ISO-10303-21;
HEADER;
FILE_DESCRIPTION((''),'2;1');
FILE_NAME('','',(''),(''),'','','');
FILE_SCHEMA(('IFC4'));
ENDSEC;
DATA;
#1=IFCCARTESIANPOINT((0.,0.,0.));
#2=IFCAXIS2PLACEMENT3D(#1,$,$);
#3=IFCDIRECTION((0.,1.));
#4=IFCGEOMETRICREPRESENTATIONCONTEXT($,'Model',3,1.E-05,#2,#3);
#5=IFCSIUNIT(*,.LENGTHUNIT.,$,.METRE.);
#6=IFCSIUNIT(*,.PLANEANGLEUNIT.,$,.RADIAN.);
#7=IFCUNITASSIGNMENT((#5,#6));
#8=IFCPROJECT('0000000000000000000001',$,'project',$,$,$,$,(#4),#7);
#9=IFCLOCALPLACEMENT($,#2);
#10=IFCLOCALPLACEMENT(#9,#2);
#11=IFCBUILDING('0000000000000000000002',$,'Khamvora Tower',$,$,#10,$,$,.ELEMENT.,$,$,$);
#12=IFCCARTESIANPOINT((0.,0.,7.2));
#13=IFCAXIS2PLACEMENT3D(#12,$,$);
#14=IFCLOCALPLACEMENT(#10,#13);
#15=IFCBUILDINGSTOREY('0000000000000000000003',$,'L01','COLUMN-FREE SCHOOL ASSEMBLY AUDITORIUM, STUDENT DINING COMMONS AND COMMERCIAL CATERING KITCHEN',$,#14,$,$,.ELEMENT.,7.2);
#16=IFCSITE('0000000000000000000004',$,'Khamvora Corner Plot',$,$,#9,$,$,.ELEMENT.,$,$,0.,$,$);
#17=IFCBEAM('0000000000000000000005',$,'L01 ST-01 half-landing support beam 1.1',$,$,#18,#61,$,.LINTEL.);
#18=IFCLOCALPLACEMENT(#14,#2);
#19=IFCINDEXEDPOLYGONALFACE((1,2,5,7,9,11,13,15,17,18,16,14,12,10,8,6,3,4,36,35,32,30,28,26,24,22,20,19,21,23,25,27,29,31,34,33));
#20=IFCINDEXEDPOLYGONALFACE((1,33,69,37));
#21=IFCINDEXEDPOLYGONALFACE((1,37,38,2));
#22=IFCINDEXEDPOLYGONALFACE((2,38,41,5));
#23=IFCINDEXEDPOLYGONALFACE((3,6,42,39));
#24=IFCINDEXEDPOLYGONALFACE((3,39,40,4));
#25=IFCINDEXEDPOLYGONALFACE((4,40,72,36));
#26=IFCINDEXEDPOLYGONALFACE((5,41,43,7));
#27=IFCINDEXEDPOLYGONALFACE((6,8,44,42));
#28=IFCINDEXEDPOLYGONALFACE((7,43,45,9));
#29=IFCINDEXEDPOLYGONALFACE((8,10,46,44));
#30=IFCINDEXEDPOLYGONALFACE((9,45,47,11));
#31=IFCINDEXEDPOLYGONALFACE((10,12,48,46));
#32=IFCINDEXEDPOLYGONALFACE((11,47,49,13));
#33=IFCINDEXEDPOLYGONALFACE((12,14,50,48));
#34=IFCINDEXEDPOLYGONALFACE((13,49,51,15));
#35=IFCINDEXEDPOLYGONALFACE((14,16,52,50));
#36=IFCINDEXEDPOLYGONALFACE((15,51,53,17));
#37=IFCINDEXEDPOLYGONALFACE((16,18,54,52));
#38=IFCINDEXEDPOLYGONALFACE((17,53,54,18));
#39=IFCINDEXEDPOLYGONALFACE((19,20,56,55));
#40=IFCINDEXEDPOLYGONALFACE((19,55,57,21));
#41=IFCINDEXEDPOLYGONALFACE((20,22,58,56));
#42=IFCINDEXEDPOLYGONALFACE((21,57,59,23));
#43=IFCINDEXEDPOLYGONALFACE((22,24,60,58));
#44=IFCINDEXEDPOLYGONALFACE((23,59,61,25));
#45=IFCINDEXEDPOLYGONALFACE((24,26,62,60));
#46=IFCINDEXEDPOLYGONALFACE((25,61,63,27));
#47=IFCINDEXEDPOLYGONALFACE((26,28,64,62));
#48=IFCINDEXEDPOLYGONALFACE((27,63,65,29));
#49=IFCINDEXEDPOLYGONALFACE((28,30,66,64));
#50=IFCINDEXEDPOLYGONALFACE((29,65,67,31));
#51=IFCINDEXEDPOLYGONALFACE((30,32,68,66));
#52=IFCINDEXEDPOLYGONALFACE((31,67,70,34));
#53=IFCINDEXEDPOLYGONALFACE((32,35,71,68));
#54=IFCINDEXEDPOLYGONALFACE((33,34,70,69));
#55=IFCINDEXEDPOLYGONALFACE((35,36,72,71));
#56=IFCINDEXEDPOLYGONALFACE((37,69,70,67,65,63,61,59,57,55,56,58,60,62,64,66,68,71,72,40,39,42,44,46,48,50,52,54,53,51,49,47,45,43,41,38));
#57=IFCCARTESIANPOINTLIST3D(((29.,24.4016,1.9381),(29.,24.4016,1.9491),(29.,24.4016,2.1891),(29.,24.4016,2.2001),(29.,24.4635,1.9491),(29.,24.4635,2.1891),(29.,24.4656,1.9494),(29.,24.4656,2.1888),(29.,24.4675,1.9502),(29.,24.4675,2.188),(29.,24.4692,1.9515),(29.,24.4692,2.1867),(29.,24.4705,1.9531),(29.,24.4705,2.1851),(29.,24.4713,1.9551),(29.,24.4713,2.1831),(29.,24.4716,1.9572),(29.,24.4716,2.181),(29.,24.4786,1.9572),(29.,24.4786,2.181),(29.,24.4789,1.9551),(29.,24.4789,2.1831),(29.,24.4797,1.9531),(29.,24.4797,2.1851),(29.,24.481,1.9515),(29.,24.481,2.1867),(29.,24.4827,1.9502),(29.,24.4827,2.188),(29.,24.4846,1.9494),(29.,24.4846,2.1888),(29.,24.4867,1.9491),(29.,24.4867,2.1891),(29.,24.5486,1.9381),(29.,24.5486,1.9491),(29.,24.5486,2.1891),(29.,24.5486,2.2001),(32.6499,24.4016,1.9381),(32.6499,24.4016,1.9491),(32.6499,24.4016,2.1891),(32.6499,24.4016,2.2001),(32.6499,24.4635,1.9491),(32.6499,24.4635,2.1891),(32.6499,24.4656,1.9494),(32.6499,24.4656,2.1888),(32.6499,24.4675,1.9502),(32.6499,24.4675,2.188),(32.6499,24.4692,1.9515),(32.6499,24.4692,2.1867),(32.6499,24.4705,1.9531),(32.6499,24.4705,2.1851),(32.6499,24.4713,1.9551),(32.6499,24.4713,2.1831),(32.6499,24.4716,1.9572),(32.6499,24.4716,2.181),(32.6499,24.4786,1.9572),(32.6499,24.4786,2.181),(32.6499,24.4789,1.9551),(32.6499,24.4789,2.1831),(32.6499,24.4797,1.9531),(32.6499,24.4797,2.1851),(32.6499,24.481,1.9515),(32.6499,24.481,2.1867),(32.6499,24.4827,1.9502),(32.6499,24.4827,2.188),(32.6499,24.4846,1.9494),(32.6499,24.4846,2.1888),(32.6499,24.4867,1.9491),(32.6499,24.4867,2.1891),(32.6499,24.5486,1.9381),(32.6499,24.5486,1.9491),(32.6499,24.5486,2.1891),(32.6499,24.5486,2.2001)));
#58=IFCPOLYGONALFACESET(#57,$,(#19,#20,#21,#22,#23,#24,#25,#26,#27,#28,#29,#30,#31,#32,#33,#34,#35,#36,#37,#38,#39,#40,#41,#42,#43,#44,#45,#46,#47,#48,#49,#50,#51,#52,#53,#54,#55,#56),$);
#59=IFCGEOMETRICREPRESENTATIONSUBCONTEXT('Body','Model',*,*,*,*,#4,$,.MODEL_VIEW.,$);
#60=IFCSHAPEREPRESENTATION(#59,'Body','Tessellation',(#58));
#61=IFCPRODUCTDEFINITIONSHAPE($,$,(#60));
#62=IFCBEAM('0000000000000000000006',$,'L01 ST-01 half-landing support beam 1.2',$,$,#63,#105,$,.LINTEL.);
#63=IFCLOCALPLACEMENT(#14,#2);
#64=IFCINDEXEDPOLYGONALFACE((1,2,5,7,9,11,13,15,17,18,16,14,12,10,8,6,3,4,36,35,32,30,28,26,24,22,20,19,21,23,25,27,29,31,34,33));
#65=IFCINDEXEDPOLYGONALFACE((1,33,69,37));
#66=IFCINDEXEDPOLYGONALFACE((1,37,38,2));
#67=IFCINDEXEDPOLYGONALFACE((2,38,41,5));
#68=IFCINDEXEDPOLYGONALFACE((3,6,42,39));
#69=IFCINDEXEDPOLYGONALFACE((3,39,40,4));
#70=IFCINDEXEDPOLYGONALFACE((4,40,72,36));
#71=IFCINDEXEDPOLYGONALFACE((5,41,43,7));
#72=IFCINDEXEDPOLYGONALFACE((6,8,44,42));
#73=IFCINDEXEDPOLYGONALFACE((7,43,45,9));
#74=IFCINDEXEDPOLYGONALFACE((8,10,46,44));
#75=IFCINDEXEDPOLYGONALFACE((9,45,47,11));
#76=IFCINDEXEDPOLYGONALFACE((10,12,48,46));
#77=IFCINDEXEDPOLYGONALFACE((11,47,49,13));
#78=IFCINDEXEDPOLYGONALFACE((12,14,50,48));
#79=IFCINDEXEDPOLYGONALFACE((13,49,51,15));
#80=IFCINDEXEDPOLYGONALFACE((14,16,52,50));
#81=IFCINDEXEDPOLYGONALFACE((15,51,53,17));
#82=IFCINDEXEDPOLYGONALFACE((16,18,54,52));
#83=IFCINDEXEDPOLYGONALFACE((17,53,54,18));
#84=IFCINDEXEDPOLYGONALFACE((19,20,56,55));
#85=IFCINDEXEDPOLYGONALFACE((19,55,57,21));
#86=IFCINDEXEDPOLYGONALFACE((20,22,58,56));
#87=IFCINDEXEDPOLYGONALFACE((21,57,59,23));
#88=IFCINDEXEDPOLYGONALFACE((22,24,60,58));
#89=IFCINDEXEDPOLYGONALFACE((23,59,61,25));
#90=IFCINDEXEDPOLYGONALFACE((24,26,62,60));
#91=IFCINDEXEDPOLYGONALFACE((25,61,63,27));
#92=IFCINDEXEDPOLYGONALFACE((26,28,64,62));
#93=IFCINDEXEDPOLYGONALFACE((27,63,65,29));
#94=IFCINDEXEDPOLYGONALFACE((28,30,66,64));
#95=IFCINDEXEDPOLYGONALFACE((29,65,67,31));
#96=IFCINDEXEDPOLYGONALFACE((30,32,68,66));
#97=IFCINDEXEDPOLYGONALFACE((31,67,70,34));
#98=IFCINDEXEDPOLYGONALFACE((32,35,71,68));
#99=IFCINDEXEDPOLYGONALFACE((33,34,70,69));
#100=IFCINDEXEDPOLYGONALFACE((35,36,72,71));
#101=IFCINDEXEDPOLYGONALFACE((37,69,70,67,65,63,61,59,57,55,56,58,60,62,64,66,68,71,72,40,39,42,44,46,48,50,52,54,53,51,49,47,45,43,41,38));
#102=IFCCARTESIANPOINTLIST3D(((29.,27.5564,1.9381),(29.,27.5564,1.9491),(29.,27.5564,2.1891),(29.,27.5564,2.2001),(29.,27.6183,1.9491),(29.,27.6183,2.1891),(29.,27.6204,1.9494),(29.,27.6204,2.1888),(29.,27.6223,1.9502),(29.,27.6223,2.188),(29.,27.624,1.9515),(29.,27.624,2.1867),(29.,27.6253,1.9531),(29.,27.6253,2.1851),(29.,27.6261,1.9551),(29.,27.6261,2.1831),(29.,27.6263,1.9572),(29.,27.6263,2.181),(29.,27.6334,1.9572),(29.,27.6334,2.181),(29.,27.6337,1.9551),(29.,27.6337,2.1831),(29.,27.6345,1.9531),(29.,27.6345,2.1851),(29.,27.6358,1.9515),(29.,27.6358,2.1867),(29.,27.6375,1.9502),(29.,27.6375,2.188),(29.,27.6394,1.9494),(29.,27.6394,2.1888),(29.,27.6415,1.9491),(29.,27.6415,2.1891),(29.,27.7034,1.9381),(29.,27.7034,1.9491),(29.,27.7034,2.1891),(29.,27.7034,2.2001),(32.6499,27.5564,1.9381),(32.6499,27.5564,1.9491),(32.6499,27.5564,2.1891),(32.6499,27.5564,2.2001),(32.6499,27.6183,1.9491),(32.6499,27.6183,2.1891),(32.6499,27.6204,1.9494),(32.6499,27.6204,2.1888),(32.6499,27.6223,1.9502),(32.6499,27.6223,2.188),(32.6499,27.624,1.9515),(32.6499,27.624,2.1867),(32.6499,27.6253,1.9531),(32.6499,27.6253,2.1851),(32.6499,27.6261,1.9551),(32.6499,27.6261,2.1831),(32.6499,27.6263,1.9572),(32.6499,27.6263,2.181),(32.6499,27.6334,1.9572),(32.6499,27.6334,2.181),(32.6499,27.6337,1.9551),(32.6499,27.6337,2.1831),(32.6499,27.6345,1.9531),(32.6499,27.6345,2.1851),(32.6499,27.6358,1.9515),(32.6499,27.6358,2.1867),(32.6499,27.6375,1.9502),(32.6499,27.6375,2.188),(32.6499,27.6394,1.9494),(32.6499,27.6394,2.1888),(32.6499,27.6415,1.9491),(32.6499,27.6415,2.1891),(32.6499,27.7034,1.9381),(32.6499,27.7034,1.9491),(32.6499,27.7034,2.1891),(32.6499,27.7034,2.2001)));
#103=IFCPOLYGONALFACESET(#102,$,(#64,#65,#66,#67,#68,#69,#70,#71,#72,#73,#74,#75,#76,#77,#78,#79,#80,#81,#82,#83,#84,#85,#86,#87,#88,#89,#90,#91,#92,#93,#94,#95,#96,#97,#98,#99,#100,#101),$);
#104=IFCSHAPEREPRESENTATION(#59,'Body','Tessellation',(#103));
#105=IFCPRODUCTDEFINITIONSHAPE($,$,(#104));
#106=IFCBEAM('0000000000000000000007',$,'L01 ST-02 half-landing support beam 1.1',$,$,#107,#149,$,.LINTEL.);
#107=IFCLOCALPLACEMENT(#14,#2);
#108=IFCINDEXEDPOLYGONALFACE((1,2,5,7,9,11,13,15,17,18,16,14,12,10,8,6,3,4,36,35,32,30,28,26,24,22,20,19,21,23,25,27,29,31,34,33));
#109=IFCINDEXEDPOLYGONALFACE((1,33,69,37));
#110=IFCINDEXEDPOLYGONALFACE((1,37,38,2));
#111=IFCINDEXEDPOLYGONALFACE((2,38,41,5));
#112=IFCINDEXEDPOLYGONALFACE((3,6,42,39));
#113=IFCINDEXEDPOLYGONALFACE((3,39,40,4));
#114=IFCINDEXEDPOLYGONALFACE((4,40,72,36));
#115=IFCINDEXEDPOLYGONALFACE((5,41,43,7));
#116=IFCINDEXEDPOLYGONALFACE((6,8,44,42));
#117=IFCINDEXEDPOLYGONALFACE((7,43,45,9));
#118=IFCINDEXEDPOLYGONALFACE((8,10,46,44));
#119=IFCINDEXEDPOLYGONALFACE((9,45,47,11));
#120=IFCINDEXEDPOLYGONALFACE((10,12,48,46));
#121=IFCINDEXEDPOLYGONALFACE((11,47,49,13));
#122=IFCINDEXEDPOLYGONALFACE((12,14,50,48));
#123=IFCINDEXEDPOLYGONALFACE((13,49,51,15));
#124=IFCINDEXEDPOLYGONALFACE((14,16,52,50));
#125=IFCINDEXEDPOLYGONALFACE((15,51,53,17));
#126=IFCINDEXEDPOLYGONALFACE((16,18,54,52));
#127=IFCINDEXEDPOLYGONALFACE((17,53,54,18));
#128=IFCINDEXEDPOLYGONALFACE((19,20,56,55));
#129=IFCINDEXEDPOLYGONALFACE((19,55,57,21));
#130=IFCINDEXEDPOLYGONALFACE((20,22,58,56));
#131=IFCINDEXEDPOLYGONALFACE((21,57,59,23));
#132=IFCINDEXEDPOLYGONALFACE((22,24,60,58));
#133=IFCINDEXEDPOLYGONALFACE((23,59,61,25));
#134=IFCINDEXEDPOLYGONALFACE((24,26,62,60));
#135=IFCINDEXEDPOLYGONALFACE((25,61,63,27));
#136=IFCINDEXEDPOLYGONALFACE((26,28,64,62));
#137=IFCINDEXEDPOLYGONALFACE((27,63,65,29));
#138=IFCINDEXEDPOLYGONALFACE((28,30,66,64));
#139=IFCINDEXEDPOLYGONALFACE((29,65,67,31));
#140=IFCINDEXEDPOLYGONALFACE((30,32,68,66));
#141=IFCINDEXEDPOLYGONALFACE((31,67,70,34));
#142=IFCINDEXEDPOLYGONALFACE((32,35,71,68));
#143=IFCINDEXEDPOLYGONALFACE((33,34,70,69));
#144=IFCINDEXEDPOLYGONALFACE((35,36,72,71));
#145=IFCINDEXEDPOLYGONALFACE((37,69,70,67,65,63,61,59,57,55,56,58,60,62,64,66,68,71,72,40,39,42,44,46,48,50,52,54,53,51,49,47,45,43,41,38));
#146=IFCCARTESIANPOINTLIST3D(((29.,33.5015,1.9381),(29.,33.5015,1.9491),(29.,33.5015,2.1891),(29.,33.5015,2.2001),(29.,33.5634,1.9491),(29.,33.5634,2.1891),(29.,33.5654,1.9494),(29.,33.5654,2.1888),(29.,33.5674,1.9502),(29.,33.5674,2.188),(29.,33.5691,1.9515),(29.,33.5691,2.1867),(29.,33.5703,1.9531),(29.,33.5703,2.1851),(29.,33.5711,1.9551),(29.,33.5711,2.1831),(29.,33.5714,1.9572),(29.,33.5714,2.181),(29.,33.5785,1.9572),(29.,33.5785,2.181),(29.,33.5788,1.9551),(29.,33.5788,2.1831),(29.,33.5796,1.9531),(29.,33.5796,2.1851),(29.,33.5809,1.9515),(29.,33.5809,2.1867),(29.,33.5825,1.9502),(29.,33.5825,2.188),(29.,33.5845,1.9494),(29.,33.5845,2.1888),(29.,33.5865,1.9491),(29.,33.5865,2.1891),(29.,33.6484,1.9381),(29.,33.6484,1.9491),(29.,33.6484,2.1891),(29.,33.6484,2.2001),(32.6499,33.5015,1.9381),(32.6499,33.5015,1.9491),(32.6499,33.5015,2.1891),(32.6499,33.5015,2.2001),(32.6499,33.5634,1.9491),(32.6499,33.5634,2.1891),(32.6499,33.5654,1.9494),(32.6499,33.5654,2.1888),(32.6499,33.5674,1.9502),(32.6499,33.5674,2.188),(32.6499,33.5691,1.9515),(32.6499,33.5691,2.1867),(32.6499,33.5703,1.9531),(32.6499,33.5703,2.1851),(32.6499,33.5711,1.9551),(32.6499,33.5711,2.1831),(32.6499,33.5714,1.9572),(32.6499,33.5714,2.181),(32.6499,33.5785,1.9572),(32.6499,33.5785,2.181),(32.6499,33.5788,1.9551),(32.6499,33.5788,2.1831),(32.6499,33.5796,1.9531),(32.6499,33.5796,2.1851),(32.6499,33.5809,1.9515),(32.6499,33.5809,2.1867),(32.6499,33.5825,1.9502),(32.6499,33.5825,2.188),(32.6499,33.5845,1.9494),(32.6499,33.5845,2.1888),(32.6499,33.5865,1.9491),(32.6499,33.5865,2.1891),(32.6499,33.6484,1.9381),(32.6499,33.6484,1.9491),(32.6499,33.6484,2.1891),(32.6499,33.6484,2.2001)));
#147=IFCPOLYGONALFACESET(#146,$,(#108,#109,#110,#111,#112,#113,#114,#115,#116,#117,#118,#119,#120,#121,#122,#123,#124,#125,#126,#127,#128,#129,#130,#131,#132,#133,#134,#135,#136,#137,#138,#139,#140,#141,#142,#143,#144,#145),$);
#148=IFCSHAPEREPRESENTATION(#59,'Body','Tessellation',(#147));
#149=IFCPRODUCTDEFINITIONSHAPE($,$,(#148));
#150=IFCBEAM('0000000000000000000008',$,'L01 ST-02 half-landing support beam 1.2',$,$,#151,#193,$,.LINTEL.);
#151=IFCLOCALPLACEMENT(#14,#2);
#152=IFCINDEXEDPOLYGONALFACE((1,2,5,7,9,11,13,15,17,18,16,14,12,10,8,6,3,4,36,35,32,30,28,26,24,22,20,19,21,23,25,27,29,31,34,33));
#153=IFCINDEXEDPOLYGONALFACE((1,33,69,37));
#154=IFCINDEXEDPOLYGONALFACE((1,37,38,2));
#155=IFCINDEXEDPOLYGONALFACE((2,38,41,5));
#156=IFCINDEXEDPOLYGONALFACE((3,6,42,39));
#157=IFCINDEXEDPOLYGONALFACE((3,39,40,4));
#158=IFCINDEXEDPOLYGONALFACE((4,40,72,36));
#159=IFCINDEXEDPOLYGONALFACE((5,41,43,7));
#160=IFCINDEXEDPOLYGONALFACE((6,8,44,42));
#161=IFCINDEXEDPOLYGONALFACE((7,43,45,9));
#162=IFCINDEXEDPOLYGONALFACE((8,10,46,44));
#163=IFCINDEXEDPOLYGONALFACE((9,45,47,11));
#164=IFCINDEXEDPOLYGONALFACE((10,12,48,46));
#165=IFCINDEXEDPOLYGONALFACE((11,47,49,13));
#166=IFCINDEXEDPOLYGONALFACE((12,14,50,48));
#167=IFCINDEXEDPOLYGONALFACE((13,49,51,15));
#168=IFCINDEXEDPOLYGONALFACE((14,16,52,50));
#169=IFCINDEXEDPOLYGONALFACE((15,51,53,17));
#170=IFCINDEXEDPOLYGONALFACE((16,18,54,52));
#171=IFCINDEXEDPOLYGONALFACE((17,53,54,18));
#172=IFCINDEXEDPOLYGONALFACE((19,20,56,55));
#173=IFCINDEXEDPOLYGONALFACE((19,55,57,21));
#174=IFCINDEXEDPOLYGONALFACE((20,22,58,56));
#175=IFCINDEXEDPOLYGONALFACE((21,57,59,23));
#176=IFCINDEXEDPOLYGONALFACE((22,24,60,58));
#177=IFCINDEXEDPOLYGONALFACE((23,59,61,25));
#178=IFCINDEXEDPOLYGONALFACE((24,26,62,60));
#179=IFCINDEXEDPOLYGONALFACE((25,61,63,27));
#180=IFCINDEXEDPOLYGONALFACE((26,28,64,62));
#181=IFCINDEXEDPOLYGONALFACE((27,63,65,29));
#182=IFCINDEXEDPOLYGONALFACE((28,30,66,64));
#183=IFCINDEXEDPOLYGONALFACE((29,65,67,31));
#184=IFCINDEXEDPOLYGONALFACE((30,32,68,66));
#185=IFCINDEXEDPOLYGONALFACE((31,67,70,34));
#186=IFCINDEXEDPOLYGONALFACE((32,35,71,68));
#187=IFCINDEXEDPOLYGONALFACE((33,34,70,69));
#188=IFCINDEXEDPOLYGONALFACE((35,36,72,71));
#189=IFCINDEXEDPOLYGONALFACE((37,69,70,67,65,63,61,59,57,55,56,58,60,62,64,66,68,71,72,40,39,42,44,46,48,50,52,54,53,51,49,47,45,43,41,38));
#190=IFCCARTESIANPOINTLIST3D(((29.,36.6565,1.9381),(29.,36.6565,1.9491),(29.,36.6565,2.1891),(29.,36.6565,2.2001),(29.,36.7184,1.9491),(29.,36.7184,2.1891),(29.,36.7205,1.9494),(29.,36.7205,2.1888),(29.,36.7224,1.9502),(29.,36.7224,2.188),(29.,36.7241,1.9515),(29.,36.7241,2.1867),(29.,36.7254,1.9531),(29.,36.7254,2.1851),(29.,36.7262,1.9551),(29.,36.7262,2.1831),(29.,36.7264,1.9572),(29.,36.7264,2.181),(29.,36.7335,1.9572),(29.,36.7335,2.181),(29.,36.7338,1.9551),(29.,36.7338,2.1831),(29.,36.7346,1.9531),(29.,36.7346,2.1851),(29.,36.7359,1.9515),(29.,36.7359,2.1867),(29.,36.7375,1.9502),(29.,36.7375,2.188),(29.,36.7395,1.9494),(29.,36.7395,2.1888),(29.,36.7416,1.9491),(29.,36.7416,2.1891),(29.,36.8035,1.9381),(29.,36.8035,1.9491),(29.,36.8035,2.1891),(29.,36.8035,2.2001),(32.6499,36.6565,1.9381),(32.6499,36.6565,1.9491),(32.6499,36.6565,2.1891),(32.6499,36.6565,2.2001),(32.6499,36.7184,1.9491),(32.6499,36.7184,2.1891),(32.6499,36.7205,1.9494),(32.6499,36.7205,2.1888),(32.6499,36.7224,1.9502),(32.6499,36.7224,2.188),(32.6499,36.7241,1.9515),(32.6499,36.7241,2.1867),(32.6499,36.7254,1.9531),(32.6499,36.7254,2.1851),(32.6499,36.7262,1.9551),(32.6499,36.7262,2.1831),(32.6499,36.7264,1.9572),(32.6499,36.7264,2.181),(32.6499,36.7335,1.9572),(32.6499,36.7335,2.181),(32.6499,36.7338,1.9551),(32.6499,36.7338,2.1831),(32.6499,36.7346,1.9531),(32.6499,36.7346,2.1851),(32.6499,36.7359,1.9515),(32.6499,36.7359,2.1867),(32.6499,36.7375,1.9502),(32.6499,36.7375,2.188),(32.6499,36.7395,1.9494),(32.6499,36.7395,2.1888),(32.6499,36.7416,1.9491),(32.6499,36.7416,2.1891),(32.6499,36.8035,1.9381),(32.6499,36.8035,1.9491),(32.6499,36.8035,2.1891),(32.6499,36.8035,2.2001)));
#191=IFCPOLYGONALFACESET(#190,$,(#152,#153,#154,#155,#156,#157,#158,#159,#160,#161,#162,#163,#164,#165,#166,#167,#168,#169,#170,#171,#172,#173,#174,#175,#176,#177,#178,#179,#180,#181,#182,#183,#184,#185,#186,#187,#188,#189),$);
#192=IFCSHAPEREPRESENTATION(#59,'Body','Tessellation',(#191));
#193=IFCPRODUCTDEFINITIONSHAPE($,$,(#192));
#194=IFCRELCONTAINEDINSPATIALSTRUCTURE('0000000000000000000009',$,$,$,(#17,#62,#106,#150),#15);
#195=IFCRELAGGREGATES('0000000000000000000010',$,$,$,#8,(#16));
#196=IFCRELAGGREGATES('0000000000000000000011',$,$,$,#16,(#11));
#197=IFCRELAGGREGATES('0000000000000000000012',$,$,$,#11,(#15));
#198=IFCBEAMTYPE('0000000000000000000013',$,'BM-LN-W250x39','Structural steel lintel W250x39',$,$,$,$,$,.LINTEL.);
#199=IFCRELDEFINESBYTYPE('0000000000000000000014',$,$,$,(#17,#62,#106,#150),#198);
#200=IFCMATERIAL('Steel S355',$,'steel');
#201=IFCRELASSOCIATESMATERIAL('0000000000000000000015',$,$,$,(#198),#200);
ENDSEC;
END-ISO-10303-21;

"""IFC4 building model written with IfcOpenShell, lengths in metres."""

from ifc_helpers import new_model, si_unit, direction, frame, origin, origin_2d, place, context, subcontext, project, spatial, i_section, extrude, material, material_profile, profile_set, type_object, element, save


model = new_model("IFC4")

# Units and contexts
model_context = context("Model", 3, precision=1e-05, world=origin(), true_north=direction((0.0, 1.0)))
body_context = subcontext(model_context, "Body", "Model", "MODEL_VIEW")
ifc_project = project(units=[si_unit("LENGTHUNIT", "METRE"), si_unit("PLANEANGLEUNIT", "RADIAN")], contexts=[model_context])

# Site, building, storey
site_placement = place(None, origin())
site = spatial("IfcSite", under=ifc_project, at=site_placement, Name="Khamvora Corner Plot", CompositionType="ELEMENT", RefElevation=0.0)
building_placement = place(site_placement, origin())
building = spatial("IfcBuilding", under=site, at=building_placement, Name="Khamvora Tower", CompositionType="ELEMENT")
storey_placement = place(building_placement, frame((0.0, 0.0, 7.2)))
storey = spatial("IfcBuildingStorey", under=building, at=storey_placement, Name="L01", Description="COLUMN-FREE SCHOOL ASSEMBLY AUDITORIUM, STUDENT DINING COMMONS AND COMMERCIAL CATERING KITCHEN", CompositionType="ELEMENT", Elevation=7.2)

# Beams
ifc_material_1 = material(Name="Steel S355", Category="steel")
ifc_material_profile_1 = material_profile(ifc_material_1, i_section(OverallWidth=0.147, OverallDepth=0.262, WebThickness=0.0071, FlangeThickness=0.011, FilletRadius=0.0081, at=origin_2d()), Name="W250x39")
ifc_profile_set_1 = profile_set([ifc_material_profile_1], Name="Steel S355")
beam_type_1 = type_object("IfcBeamType", Name="BM-LN-W250x39", Description="Structural steel lintel W250x39", PredefinedType="LINTEL", material=ifc_profile_set_1)
for number, where, z_axis, x_axis, name in (
    (1, (29.0, 24.4751, 2.0691), (1.0, 0.0, 0.0), (0.0, 1.0, 0.0), "L01 ST-01 half-landing support beam 1.1"),
    (2, (29.0, 27.6299, 2.0691), (1.0, 0.0, 0.0), (0.0, 1.0, 0.0), "L01 ST-01 half-landing support beam 1.2"),
    (3, (29.0, 33.575, 2.0691), (1.0, 0.0, 0.0), (0.0, 1.0, 0.0), "L01 ST-02 half-landing support beam 1.1"),
    (4, (29.0, 36.73, 2.0691), (1.0, 0.0, 0.0), (0.0, 1.0, 0.0), "L01 ST-02 half-landing support beam 1.2"),
):
    element("IfcBeam", number, at=place(storey_placement, frame(where, z_axis=z_axis, x_axis=x_axis)), inside=storey, type_object=beam_type_1, Name=name, PredefinedType="LINTEL", context=body_context, shape_type="SweptSolid", body=[
        extrude(i_section(OverallWidth=0.147, OverallDepth=0.262, WebThickness=0.0071, FlangeThickness=0.011, FilletRadius=0.0081, at=origin_2d()), origin(), (0.0, 0.0, 1.0), 3.6499),
    ])

save(model, "model.ifc")
